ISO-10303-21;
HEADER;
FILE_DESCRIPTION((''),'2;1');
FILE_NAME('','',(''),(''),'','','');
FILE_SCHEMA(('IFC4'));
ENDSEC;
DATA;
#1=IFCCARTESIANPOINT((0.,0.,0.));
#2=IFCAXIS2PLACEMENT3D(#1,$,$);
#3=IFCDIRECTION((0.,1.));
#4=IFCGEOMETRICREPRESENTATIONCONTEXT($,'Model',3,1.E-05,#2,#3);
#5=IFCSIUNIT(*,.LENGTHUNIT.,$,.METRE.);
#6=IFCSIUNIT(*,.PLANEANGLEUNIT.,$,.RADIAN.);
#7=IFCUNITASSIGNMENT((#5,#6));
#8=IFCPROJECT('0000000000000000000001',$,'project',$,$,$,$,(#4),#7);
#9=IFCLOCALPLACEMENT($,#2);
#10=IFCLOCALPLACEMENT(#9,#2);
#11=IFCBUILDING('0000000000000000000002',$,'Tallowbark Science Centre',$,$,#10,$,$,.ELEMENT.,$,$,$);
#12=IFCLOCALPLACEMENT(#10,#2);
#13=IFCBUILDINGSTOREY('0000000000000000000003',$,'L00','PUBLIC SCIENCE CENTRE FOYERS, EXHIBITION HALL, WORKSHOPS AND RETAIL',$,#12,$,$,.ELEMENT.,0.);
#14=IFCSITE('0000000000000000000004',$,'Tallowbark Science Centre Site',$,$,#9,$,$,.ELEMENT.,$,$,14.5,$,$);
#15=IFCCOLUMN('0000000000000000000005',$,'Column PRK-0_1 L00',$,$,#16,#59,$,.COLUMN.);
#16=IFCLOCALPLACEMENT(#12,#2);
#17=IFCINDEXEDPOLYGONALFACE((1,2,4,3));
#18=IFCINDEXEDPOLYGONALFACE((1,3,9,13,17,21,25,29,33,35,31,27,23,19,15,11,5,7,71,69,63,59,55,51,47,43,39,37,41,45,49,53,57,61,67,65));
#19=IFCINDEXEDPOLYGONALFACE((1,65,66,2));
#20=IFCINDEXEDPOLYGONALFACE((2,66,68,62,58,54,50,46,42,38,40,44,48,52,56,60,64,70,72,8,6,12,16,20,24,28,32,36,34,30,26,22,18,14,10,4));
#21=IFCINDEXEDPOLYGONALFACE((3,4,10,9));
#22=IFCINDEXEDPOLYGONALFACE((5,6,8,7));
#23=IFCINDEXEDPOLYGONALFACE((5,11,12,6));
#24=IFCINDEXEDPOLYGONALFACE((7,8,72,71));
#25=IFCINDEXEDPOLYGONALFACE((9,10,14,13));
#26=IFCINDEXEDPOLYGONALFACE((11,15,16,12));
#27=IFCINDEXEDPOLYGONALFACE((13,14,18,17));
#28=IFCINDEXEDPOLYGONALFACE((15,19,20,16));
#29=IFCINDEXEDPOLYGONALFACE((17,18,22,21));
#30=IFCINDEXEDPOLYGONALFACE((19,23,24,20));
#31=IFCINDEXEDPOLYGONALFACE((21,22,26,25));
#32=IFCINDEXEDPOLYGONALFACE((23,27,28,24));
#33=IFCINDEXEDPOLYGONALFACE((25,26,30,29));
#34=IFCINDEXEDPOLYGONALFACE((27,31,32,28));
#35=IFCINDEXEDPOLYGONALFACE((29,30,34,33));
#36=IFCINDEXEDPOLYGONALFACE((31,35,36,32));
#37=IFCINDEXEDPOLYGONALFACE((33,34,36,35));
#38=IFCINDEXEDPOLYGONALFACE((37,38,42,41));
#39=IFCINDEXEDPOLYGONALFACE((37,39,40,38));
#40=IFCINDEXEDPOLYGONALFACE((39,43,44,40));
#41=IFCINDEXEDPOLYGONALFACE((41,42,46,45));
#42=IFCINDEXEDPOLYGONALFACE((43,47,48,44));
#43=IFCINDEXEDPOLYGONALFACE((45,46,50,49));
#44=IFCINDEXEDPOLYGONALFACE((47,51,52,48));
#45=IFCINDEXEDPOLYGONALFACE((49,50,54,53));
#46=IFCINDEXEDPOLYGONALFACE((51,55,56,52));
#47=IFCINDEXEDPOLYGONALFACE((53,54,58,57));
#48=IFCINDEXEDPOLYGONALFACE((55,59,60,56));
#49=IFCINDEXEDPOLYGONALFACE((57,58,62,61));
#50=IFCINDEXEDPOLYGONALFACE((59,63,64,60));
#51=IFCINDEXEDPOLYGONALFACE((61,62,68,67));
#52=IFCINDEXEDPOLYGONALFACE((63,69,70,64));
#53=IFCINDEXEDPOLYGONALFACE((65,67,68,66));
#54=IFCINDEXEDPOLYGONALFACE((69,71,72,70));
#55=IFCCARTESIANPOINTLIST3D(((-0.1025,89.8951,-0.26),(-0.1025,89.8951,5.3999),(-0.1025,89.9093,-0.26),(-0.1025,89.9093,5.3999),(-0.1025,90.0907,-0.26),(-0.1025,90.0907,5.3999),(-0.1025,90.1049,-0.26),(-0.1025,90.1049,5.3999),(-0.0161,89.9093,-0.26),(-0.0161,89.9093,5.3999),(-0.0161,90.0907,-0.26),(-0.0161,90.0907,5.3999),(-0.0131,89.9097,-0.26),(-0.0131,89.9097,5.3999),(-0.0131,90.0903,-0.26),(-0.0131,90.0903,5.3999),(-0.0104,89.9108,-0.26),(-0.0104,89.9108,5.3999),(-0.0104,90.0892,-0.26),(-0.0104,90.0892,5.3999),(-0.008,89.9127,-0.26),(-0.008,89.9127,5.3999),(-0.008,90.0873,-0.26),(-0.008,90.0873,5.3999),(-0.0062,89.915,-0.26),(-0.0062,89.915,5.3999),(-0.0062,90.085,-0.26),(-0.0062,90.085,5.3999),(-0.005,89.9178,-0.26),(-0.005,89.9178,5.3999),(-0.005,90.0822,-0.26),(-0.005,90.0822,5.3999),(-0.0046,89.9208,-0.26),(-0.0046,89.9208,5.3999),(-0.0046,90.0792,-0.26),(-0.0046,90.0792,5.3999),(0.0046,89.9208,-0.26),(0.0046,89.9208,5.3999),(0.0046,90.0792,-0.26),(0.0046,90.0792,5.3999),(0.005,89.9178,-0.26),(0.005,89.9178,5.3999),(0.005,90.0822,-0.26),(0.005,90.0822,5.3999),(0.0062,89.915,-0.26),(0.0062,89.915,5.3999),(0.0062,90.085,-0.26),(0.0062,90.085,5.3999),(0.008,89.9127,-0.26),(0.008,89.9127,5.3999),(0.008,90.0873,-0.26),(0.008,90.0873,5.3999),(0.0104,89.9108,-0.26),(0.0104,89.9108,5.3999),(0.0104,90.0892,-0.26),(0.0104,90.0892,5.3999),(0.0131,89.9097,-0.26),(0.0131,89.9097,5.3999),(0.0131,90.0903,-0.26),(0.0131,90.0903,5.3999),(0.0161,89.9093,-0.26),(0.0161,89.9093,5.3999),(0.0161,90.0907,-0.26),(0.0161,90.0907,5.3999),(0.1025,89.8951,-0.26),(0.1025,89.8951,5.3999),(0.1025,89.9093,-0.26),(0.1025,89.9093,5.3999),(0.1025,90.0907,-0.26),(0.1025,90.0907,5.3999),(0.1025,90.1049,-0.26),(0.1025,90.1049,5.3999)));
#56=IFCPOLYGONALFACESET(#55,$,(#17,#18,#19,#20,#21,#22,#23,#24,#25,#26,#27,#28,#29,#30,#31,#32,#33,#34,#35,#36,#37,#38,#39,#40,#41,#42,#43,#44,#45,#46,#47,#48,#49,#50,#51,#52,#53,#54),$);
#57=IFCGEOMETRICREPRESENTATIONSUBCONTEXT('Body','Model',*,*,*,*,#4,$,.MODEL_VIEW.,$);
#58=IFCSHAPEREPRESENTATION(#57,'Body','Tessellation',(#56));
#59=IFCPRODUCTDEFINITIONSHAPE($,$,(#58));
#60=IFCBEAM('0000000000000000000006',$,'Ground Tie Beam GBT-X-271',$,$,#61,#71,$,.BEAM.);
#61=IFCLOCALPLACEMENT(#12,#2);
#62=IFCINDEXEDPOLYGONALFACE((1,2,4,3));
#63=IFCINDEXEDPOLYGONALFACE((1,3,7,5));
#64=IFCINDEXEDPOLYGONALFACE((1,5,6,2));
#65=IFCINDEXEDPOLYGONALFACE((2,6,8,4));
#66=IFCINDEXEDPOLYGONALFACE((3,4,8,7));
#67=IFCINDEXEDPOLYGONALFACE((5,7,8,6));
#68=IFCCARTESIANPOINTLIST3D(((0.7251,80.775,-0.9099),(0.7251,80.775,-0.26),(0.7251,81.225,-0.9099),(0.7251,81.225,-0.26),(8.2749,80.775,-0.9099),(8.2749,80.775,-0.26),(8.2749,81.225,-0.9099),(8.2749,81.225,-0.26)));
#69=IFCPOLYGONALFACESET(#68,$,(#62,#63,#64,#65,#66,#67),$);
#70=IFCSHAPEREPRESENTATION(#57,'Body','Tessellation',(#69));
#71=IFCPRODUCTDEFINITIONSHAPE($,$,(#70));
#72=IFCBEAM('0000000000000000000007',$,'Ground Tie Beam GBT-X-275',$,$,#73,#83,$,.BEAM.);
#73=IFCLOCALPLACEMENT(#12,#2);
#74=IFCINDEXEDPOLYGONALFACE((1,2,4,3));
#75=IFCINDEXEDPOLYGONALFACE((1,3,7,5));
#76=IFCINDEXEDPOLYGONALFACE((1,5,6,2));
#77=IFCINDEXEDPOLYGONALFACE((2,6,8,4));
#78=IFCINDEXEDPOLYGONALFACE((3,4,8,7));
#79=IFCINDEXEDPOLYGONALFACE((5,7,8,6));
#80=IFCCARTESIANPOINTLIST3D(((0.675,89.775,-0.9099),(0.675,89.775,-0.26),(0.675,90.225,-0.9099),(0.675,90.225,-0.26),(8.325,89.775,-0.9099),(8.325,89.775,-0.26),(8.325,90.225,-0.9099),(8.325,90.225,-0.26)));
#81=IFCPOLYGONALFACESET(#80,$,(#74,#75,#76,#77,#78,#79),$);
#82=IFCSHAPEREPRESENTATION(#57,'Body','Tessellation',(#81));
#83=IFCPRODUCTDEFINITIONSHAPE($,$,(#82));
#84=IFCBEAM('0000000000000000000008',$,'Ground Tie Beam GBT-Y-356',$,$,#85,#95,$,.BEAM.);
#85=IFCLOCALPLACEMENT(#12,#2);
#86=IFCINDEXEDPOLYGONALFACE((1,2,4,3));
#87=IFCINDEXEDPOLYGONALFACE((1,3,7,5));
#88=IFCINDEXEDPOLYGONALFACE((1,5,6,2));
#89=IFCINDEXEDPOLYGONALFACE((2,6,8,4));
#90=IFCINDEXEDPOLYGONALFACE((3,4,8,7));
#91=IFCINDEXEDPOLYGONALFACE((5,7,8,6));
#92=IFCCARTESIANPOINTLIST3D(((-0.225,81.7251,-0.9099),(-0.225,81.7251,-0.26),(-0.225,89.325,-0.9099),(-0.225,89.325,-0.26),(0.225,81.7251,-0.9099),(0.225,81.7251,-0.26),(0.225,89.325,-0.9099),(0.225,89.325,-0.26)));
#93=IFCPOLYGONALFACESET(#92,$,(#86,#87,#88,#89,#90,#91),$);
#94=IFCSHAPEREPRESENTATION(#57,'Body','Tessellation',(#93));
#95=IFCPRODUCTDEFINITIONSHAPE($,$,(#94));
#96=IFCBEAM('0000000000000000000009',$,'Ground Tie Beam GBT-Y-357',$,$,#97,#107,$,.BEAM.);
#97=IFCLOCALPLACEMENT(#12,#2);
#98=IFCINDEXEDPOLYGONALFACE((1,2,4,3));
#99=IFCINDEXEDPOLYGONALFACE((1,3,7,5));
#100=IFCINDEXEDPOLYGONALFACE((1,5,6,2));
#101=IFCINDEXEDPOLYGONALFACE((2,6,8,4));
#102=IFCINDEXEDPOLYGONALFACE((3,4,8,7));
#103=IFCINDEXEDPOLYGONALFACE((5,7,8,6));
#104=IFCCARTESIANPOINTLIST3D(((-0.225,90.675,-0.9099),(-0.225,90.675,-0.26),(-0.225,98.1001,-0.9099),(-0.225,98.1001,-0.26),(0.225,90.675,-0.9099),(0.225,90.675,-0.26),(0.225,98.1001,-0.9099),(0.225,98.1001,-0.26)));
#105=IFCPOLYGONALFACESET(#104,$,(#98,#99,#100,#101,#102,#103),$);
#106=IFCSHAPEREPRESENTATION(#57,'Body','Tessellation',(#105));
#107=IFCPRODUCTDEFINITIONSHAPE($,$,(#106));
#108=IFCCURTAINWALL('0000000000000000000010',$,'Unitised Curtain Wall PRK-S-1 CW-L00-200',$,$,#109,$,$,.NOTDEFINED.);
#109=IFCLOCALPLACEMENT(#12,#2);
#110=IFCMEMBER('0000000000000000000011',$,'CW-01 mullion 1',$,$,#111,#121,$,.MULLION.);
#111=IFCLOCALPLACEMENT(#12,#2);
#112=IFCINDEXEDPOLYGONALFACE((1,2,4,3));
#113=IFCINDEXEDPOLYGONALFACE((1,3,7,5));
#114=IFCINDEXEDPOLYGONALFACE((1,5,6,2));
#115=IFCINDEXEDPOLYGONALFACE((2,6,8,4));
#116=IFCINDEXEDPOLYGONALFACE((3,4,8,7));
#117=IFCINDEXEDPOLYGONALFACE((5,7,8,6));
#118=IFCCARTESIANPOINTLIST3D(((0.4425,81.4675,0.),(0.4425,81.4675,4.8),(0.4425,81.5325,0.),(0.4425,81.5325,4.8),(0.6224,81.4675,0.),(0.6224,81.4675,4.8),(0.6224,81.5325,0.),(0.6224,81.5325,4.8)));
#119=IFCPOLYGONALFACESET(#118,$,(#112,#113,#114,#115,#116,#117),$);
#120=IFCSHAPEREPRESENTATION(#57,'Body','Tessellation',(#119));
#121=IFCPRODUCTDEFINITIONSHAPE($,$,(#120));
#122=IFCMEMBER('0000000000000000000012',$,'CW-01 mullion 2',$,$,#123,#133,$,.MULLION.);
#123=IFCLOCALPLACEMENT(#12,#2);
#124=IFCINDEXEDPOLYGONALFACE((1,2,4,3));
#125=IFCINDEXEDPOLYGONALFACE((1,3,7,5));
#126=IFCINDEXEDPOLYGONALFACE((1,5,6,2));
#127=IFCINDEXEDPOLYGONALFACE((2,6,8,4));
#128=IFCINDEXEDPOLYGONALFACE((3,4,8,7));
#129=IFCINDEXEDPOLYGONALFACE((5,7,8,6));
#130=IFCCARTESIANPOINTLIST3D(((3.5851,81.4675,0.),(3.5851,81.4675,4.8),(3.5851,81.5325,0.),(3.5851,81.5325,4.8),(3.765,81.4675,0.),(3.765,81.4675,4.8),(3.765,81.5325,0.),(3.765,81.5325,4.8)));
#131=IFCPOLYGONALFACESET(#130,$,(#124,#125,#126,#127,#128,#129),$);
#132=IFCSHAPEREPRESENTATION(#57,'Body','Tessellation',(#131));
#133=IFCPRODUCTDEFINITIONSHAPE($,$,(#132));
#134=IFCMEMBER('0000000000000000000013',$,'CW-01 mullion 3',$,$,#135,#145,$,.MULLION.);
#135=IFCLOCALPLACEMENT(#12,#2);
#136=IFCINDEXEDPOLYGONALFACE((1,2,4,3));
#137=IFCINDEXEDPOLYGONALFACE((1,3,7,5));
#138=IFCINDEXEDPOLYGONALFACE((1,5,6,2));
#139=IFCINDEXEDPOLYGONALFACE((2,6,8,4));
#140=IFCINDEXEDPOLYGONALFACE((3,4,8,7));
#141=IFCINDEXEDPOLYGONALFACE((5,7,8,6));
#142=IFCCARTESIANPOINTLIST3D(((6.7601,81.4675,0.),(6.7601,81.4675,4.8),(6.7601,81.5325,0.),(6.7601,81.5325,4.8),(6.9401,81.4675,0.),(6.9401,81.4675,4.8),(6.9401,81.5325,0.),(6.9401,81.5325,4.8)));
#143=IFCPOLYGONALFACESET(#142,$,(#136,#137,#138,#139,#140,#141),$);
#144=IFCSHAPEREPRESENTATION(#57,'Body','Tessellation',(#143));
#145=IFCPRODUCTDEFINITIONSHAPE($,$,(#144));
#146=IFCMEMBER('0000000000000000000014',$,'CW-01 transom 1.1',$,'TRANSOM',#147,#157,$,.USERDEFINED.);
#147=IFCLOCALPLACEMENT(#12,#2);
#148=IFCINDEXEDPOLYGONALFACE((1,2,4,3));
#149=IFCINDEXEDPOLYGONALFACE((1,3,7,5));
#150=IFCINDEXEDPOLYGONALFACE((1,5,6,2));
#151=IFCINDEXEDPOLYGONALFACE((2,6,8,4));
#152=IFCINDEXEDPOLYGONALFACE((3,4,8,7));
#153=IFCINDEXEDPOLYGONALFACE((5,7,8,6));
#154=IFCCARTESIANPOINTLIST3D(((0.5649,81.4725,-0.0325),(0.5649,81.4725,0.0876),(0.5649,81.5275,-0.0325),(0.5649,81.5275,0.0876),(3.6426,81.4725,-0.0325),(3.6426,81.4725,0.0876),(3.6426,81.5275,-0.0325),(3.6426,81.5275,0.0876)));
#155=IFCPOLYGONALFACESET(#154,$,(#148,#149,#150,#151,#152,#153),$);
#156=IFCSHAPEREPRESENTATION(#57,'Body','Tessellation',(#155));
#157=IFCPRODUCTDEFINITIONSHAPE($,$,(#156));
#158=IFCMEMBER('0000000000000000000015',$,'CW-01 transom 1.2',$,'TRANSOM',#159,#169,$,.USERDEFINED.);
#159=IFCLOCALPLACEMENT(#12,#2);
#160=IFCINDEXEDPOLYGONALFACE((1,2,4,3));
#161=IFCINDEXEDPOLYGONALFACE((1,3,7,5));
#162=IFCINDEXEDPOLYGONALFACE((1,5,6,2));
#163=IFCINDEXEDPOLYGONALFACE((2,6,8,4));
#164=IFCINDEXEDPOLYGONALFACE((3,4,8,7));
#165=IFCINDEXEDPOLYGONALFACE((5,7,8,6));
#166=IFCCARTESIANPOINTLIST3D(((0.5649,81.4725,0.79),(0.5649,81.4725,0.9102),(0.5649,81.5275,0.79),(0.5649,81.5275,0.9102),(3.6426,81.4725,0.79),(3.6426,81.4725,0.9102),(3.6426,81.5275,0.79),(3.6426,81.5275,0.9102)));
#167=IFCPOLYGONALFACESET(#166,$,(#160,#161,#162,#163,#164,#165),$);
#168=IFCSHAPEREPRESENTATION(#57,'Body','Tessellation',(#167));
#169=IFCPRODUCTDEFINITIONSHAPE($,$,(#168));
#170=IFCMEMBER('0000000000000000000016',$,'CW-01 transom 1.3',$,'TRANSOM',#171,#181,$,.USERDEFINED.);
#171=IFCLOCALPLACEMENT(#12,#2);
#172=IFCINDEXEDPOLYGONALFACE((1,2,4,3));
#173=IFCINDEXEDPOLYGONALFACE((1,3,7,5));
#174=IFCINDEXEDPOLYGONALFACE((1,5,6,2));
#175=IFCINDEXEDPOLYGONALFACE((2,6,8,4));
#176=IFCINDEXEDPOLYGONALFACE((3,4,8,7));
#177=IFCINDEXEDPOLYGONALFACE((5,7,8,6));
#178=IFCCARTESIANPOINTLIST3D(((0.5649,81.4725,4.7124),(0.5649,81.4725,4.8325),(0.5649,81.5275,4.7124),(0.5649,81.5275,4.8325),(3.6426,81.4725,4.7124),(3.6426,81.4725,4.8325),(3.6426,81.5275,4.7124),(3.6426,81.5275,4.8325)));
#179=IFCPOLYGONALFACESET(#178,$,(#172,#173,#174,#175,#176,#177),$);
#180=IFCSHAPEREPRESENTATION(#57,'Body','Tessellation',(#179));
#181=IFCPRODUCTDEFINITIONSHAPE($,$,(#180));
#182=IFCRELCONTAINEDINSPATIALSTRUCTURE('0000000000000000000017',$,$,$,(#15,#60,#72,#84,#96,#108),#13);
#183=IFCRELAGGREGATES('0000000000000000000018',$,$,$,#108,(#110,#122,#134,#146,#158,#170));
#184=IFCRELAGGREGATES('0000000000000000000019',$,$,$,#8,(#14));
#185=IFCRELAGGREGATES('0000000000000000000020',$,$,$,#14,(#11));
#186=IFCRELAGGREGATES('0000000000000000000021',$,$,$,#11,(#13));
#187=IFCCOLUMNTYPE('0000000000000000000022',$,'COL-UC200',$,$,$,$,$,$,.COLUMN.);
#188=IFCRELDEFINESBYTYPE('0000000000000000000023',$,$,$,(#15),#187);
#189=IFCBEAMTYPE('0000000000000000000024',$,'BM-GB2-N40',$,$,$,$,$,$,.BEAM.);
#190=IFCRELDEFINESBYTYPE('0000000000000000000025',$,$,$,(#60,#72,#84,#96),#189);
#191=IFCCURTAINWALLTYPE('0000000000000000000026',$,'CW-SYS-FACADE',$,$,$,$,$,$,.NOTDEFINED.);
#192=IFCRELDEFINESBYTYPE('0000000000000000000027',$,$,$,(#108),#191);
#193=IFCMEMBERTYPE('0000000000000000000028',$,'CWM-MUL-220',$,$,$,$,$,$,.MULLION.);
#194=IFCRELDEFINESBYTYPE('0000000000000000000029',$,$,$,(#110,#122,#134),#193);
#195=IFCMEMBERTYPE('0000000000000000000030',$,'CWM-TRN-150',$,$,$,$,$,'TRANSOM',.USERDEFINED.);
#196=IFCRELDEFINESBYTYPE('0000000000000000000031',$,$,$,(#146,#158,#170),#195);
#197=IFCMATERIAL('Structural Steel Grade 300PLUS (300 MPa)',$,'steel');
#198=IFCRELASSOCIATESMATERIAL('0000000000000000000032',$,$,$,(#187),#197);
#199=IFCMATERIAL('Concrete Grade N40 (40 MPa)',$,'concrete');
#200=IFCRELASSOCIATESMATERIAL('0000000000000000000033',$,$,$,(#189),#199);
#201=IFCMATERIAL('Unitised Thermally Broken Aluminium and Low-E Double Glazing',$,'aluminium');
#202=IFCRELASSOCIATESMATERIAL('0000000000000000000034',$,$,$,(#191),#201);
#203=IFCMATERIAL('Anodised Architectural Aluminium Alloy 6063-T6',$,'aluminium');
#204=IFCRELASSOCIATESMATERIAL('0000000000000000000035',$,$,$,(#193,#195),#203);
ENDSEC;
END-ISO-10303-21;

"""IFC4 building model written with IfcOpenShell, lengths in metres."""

from ifc_helpers import new_model, si_unit, direction, frame, origin, origin_2d, place, context, subcontext, project, spatial, rectangle, i_section, extrude, material, material_profile, profile_set, type_object, element, aggregate, save


model = new_model("IFC4")

# Units and contexts
model_context = context("Model", 3, precision=1e-05, world=origin(), true_north=direction((0.0, 1.0)))
body_context = subcontext(model_context, "Body", "Model", "MODEL_VIEW")
ifc_project = project(units=[si_unit("LENGTHUNIT", "METRE"), si_unit("PLANEANGLEUNIT", "RADIAN")], contexts=[model_context])

# Site, building, storey
site_placement = place(None, origin())
site = spatial("IfcSite", under=ifc_project, at=site_placement, Name="Tallowbark Science Centre Site", CompositionType="ELEMENT", RefElevation=14.5)
building_placement = place(site_placement, origin())
building = spatial("IfcBuilding", under=site, at=building_placement, Name="Tallowbark Science Centre", CompositionType="ELEMENT")
storey_placement = place(building_placement, origin())
storey = spatial("IfcBuildingStorey", under=building, at=storey_placement, Name="L00", Description="PUBLIC SCIENCE CENTRE FOYERS, EXHIBITION HALL, WORKSHOPS AND RETAIL", CompositionType="ELEMENT", Elevation=0.0)

# Shared definitions
ifc_material_1 = material(Name="Concrete Grade N40 (40 MPa)", Category="concrete")

# Column
ifc_material_2 = material(Name="Structural Steel Grade 300PLUS (300 MPa)", Category="steel")
ifc_material_profile_1 = material_profile(ifc_material_2, i_section(OverallWidth=0.2051, OverallDepth=0.2097, WebThickness=0.0093, FlangeThickness=0.0142, FilletRadius=0.0115, at=origin_2d()), Name="200UC59.5")
ifc_profile_set_1 = profile_set([ifc_material_profile_1], Name="Structural Steel Grade 300PLUS (300 MPa)")
column_type = type_object("IfcColumnType", Name="COL-UC200", PredefinedType="COLUMN", material=ifc_profile_set_1)
for number, where, z_axis, x_axis, name in (
    (1, (0.0, 90.0, -0.26), (0.0, 0.0, 1.0), (1.0, 0.0, 0.0), "Column PRK-0_1 L00"),
):
    element("IfcColumn", number, at=place(storey_placement, frame(where, z_axis=z_axis, x_axis=x_axis)), inside=storey, type_object=column_type, Name=name, PredefinedType="COLUMN", context=body_context, shape_type="SweptSolid", body=[
        extrude(i_section(OverallWidth=0.2051, OverallDepth=0.2097, WebThickness=0.0093, FlangeThickness=0.0142, FilletRadius=0.0115, at=origin_2d()), origin(), (0.0, 0.0, 1.0), 5.6599),
    ])

# Beams
ifc_material_profile_2 = material_profile(ifc_material_1, rectangle(XDim=0.45, YDim=0.6499, at=origin_2d()), Name="RC450x650")
ifc_profile_set_2 = profile_set([ifc_material_profile_2], Name="Concrete Grade N40 (40 MPa)")
beam_type = type_object("IfcBeamType", Name="BM-GB2-N40", PredefinedType="BEAM", material=ifc_profile_set_2)
beam_1_placement = place(storey_placement, frame((0.7251, 81.0, -0.585), z_axis=(1.0, 0.0, 0.0), x_axis=(0.0, 1.0, 0.0)))
element("IfcBeam", 2, at=beam_1_placement, inside=storey, type_object=beam_type, Name="Ground Tie Beam GBT-X-271", PredefinedType="BEAM", context=body_context, shape_type="SweptSolid", body=[
    extrude(rectangle(XDim=0.45, YDim=0.6499, at=origin_2d()), origin(), (0.0, 0.0, 1.0), 7.5498),
])
beam_2_placement = place(storey_placement, frame((0.675, 90.0, -0.585), z_axis=(1.0, 0.0, 0.0), x_axis=(0.0, 1.0, 0.0)))
element("IfcBeam", 3, at=beam_2_placement, inside=storey, type_object=beam_type, Name="Ground Tie Beam GBT-X-275", PredefinedType="BEAM", context=body_context, shape_type="SweptSolid", body=[
    extrude(rectangle(XDim=0.45, YDim=0.6499, at=origin_2d()), origin(), (0.0, 0.0, 1.0), 7.6499),
])
beam_3_placement = place(storey_placement, frame((0.0, 81.7251, -0.585), z_axis=(0.0, 1.0, 0.0), x_axis=(-1.0, 0.0, 0.0)))
element("IfcBeam", 4, at=beam_3_placement, inside=storey, type_object=beam_type, Name="Ground Tie Beam GBT-Y-356", PredefinedType="BEAM", context=body_context, shape_type="SweptSolid", body=[
    extrude(rectangle(XDim=0.45, YDim=0.6499, at=origin_2d()), origin(), (0.0, 0.0, 1.0), 7.5999),
])
beam_4_placement = place(storey_placement, frame((0.0, 90.675, -0.585), z_axis=(0.0, 1.0, 0.0), x_axis=(-1.0, 0.0, 0.0)))
element("IfcBeam", 5, at=beam_4_placement, inside=storey, type_object=beam_type, Name="Ground Tie Beam GBT-Y-357", PredefinedType="BEAM", context=body_context, shape_type="SweptSolid", body=[
    extrude(rectangle(XDim=0.45, YDim=0.6499, at=origin_2d()), origin(), (0.0, 0.0, 1.0), 7.425),
])

# Curtain wall, members
ifc_material_3 = material(Name="Unitised Thermally Broken Aluminium and Low-E Double Glazing", Category="aluminium")
curtain_wall_type = type_object("IfcCurtainWallType", Name="CW-SYS-FACADE", PredefinedType="NOTDEFINED", material=ifc_material_3)
curtain_wall_placement = place(storey_placement, origin())
curtain_wall = element("IfcCurtainWall", 6, at=curtain_wall_placement, inside=storey, type_object=curtain_wall_type, Name="Unitised Curtain Wall PRK-S-1 CW-L00-200", PredefinedType="NOTDEFINED")
ifc_material_4 = material(Name="Anodised Architectural Aluminium Alloy 6063-T6", Category="aluminium")
ifc_material_profile_3 = material_profile(ifc_material_4, rectangle(XDim=0.0649, YDim=0.1799, at=origin_2d()), Name="ALU65x180")
ifc_profile_set_3 = profile_set([ifc_material_profile_3], Name="Anodised Architectural Aluminium Alloy 6063-T6")
member_type_1 = type_object("IfcMemberType", Name="CWM-MUL-220", PredefinedType="MULLION", material=ifc_profile_set_3)
member_1_placement = place(storey_placement, frame((0.5325, 81.5, 0.0), z_axis=(0.0, 0.0, 1.0), x_axis=(0.0, 1.0, 0.0)))
member_1 = element("IfcMember", 7, at=member_1_placement, type_object=member_type_1, Name="CW-01 mullion 1", PredefinedType="MULLION", context=body_context, shape_type="SweptSolid", body=[
    extrude(rectangle(XDim=0.0649, YDim=0.1799, at=origin_2d()), origin(), (0.0, 0.0, 1.0), 4.8),
])
member_2_placement = place(storey_placement, frame((3.675, 81.5, 0.0), z_axis=(0.0, 0.0, 1.0), x_axis=(0.0, 1.0, 0.0)))
member_2 = element("IfcMember", 8, at=member_2_placement, type_object=member_type_1, Name="CW-01 mullion 2", PredefinedType="MULLION", context=body_context, shape_type="SweptSolid", body=[
    extrude(rectangle(XDim=0.0649, YDim=0.1799, at=origin_2d()), origin(), (0.0, 0.0, 1.0), 4.8),
])
member_3_placement = place(storey_placement, frame((6.8501, 81.5, 0.0), z_axis=(0.0, 0.0, 1.0), x_axis=(0.0, 1.0, 0.0)))
member_3 = element("IfcMember", 9, at=member_3_placement, type_object=member_type_1, Name="CW-01 mullion 3", PredefinedType="MULLION", context=body_context, shape_type="SweptSolid", body=[
    extrude(rectangle(XDim=0.0649, YDim=0.1799, at=origin_2d()), origin(), (0.0, 0.0, 1.0), 4.8),
])
ifc_material_profile_4 = material_profile(ifc_material_4, rectangle(XDim=0.0549, YDim=0.1201, at=origin_2d()), Name="ALU55x120")
ifc_profile_set_4 = profile_set([ifc_material_profile_4], Name="Anodised Architectural Aluminium Alloy 6063-T6")
member_type_2 = type_object("IfcMemberType", Name="CWM-TRN-150", ElementType="TRANSOM", PredefinedType="USERDEFINED", material=ifc_profile_set_4)
member_4_placement = place(storey_placement, frame((0.5649, 81.5, 0.0276), z_axis=(1.0, 0.0, 0.0), x_axis=(0.0, 1.0, 0.0)))
member_4 = element("IfcMember", 10, at=member_4_placement, type_object=member_type_2, Name="CW-01 transom 1.1", ObjectType="TRANSOM", PredefinedType="USERDEFINED", context=body_context, shape_type="SweptSolid", body=[
    extrude(rectangle(XDim=0.0549, YDim=0.1201, at=origin_2d()), origin(), (0.0, 0.0, 1.0), 3.0776),
])
member_5_placement = place(storey_placement, frame((0.5649, 81.5, 0.8501), z_axis=(1.0, 0.0, 0.0), x_axis=(0.0, 1.0, 0.0)))
member_5 = element("IfcMember", 11, at=member_5_placement, type_object=member_type_2, Name="CW-01 transom 1.2", ObjectType="TRANSOM", PredefinedType="USERDEFINED", context=body_context, shape_type="SweptSolid", body=[
    extrude(rectangle(XDim=0.0549, YDim=0.1201, at=origin_2d()), origin(), (0.0, 0.0, 1.0), 3.0776),
])
member_6_placement = place(storey_placement, frame((0.5649, 81.5, 4.7725), z_axis=(1.0, 0.0, 0.0), x_axis=(0.0, 1.0, 0.0)))
member_6 = element("IfcMember", 12, at=member_6_placement, type_object=member_type_2, Name="CW-01 transom 1.3", ObjectType="TRANSOM", PredefinedType="USERDEFINED", context=body_context, shape_type="SweptSolid", body=[
    extrude(rectangle(XDim=0.0549, YDim=0.1201, at=origin_2d()), origin(), (0.0, 0.0, 1.0), 3.0776),
])
aggregate(curtain_wall, [member_1, member_2, member_3, member_4, member_5, member_6])

save(model, "model.ifc")
